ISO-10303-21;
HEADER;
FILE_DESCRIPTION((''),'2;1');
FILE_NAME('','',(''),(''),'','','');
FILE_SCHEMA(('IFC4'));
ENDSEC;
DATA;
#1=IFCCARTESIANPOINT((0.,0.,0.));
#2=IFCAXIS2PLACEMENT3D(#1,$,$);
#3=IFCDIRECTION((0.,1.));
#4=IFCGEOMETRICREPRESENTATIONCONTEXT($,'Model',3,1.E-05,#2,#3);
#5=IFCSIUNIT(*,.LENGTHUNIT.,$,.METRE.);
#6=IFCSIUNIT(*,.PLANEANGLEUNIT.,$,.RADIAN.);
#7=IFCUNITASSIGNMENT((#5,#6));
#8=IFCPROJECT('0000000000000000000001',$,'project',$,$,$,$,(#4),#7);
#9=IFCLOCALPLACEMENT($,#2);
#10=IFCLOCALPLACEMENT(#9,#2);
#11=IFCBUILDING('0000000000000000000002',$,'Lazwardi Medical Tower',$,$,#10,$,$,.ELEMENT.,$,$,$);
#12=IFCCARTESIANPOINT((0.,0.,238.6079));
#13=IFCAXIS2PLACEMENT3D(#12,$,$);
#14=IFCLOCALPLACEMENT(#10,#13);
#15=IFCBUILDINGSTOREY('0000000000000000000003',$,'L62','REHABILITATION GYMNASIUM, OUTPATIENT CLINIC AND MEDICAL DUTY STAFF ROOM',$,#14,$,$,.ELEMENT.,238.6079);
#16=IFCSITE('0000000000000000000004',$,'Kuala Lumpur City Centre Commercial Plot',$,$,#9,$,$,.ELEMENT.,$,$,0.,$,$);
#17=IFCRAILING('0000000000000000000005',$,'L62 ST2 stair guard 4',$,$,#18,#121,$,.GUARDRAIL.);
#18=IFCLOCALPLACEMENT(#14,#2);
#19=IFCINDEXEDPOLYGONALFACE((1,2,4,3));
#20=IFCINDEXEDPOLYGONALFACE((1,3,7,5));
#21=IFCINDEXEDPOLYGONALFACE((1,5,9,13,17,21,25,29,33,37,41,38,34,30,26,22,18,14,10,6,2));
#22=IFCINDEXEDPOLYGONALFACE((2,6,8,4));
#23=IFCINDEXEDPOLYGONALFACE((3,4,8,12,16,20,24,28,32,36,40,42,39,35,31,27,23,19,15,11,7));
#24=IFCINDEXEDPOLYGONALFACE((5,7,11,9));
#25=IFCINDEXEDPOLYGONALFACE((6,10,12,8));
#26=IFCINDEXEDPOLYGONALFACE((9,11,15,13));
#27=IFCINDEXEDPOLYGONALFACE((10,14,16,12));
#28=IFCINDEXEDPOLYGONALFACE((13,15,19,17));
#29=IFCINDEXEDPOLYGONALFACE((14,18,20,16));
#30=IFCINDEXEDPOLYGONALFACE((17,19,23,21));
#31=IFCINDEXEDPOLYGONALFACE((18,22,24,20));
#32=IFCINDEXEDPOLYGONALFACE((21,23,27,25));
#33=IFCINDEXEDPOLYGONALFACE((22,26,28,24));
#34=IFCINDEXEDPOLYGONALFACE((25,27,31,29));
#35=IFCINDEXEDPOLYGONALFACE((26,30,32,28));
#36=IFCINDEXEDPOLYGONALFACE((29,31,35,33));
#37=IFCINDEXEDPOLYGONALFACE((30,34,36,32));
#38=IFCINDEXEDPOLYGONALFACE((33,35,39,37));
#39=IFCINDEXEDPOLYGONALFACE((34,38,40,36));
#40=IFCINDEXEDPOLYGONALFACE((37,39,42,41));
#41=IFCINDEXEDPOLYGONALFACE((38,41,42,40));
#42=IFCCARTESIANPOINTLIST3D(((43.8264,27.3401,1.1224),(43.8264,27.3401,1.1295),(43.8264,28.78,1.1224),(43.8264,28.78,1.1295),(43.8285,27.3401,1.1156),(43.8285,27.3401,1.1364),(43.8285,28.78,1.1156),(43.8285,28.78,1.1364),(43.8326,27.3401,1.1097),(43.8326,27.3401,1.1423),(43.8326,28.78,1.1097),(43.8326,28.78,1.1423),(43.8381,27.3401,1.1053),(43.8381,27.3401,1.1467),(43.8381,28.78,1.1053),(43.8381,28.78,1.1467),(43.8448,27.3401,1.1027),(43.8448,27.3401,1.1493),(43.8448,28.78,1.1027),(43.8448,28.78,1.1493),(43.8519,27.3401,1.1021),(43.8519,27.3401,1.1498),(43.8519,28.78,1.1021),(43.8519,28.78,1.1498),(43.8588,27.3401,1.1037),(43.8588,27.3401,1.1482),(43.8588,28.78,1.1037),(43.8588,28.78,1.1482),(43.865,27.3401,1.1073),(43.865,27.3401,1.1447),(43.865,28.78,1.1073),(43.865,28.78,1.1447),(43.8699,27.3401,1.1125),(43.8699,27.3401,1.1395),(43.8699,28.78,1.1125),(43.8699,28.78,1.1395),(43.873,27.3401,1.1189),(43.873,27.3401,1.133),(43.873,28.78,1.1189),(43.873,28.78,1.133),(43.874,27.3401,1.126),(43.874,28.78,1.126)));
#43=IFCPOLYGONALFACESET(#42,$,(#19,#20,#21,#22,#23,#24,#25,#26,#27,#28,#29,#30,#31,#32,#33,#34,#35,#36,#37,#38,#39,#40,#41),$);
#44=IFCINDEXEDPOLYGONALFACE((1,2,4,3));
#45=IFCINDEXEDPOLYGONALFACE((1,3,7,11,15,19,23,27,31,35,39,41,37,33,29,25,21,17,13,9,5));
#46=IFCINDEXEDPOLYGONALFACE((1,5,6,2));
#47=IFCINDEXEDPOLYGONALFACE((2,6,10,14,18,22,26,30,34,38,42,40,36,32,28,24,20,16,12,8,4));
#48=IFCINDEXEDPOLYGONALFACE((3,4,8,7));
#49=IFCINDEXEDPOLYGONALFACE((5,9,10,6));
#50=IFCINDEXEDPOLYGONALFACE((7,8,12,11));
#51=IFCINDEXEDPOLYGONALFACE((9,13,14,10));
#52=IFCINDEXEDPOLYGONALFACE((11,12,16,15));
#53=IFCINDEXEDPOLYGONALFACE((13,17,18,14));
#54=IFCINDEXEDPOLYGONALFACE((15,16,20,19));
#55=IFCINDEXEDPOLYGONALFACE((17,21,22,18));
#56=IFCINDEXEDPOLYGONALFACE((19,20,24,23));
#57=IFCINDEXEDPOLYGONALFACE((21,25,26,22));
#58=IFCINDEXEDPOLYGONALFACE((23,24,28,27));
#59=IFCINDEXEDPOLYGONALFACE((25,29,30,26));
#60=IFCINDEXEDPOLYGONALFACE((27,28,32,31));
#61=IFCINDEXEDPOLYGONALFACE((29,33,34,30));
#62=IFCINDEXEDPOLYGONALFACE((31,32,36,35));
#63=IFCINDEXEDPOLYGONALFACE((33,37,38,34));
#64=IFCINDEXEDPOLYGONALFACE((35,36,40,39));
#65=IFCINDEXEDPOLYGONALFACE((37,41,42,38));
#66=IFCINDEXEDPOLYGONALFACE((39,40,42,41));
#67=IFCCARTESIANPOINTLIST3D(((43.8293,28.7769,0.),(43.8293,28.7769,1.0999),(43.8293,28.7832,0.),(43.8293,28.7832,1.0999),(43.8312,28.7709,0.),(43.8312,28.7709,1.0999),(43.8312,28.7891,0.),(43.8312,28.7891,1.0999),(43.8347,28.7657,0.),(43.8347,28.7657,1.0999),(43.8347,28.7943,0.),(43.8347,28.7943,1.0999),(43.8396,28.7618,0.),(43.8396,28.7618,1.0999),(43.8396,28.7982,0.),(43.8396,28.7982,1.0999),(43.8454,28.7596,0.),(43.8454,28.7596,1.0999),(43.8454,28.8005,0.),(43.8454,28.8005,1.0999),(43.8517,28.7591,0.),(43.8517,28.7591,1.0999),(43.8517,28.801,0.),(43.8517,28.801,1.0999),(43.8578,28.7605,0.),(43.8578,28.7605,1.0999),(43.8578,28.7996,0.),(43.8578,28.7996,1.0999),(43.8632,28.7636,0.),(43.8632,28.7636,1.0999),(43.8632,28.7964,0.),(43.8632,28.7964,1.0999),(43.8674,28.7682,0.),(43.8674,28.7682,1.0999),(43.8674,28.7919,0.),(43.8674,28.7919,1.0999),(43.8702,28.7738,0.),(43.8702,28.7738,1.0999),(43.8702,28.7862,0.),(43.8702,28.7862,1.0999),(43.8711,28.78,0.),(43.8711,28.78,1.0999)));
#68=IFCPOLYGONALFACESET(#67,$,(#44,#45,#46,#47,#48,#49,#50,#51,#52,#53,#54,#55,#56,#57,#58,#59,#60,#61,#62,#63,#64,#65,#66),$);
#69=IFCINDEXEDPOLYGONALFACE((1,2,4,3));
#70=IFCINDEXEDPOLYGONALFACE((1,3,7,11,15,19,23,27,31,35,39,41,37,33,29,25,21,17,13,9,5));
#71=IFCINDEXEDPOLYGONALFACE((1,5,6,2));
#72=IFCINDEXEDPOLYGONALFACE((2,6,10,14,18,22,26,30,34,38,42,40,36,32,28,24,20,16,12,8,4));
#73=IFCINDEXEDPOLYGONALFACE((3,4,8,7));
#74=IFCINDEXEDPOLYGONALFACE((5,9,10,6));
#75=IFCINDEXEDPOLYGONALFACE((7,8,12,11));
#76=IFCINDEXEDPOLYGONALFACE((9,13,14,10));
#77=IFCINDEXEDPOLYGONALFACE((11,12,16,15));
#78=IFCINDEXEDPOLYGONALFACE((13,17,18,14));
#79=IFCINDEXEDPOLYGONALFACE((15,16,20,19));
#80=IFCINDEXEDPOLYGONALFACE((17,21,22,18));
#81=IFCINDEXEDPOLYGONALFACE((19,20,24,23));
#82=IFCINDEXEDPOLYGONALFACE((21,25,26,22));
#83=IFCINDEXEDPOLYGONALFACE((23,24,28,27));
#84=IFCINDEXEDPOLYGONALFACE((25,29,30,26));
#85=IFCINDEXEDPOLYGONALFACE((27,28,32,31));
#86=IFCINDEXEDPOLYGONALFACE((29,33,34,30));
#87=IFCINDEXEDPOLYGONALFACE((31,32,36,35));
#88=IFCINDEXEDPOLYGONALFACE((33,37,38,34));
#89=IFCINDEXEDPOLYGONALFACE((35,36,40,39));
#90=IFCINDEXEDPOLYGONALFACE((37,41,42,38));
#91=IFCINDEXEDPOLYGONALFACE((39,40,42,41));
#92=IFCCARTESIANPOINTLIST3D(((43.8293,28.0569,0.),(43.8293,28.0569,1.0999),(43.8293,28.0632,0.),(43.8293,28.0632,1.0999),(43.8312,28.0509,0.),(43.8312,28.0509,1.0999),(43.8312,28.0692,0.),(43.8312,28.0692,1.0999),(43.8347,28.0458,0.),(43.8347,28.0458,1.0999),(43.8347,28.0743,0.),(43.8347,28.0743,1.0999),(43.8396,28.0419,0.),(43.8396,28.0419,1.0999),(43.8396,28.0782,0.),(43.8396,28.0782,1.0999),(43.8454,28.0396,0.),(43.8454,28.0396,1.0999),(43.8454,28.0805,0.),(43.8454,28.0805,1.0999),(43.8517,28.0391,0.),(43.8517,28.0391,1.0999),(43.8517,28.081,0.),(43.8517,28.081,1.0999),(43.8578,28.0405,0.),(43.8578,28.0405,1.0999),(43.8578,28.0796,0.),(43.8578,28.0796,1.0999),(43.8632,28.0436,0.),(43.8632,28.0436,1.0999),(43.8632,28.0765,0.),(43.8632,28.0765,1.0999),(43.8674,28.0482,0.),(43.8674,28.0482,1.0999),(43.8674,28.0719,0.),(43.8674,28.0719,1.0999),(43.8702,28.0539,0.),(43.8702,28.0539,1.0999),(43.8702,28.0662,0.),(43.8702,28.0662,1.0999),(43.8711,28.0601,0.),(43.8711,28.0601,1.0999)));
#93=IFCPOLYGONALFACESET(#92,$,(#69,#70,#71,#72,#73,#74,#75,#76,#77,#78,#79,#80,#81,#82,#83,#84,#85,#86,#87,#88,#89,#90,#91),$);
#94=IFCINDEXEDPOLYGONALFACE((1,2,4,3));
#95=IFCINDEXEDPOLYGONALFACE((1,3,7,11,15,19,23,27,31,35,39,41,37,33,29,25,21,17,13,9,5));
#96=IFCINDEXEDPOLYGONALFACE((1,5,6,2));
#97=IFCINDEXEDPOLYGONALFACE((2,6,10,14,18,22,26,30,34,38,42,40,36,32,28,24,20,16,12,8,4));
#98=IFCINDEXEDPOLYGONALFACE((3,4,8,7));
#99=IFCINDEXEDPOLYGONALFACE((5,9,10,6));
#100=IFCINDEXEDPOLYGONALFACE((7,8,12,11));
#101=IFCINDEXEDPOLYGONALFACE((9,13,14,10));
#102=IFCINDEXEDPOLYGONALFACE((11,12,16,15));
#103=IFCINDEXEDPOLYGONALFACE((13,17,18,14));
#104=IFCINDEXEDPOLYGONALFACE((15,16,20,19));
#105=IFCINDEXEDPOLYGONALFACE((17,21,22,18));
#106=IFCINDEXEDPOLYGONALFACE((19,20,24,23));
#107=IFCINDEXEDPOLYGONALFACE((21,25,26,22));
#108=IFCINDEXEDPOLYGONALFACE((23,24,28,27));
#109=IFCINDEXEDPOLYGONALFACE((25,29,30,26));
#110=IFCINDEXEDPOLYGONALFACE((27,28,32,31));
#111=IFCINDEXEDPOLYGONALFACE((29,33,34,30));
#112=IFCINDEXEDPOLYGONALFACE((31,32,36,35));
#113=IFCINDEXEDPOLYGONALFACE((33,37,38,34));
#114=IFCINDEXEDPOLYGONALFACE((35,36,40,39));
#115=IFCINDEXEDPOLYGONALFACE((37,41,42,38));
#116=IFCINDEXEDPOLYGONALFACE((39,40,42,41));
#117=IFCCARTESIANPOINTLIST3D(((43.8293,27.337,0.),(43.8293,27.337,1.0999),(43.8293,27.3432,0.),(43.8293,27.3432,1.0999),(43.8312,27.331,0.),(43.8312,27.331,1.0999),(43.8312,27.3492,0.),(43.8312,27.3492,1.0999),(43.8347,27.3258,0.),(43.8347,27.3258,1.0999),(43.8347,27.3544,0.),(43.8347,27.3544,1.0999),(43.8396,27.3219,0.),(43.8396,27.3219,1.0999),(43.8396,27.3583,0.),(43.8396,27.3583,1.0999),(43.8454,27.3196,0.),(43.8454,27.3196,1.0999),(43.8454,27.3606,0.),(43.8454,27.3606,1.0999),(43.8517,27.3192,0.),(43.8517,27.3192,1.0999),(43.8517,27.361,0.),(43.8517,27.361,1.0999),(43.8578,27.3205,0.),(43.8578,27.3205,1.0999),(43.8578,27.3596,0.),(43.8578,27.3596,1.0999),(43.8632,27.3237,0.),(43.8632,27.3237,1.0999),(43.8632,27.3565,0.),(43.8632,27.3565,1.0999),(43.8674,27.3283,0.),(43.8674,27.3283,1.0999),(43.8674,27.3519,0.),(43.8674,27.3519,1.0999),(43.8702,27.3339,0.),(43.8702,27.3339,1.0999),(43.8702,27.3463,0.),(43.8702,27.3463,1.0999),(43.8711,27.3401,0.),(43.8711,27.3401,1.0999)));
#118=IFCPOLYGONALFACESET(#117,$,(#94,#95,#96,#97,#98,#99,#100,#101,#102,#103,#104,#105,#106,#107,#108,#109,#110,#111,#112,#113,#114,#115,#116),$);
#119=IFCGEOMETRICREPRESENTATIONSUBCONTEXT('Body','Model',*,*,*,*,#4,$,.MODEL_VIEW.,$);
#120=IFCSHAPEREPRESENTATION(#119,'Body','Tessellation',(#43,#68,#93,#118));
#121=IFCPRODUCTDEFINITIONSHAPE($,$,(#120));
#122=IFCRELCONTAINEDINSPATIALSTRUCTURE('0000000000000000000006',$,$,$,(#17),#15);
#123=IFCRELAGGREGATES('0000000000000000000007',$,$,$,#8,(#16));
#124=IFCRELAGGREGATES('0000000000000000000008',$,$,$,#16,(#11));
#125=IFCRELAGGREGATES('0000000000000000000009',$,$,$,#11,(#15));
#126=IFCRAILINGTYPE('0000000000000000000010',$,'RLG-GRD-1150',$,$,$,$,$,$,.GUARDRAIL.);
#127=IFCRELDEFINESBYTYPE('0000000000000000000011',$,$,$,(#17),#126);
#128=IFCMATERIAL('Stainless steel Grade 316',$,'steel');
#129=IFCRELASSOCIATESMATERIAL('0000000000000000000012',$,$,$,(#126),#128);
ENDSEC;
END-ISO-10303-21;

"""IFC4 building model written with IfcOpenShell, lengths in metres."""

from ifc_helpers import new_model, si_unit, direction, frame, origin, origin_2d, place, context, subcontext, project, spatial, circle, extrude, material, type_object, element, save


model = new_model("IFC4")

# Units and contexts
model_context = context("Model", 3, precision=1e-05, world=origin(), true_north=direction((0.0, 1.0)))
body_context = subcontext(model_context, "Body", "Model", "MODEL_VIEW")
ifc_project = project(units=[si_unit("LENGTHUNIT", "METRE"), si_unit("PLANEANGLEUNIT", "RADIAN")], contexts=[model_context])

# Site, building, storey
site_placement = place(None, origin())
site = spatial("IfcSite", under=ifc_project, at=site_placement, Name="Kuala Lumpur City Centre Commercial Plot", CompositionType="ELEMENT", RefElevation=0.0)
building_placement = place(site_placement, origin())
building = spatial("IfcBuilding", under=site, at=building_placement, Name="Lazwardi Medical Tower", CompositionType="ELEMENT")
storey_placement = place(building_placement, frame((0.0, 0.0, 238.6079)))
storey = spatial("IfcBuildingStorey", under=building, at=storey_placement, Name="L62", Description="REHABILITATION GYMNASIUM, OUTPATIENT CLINIC AND MEDICAL DUTY STAFF ROOM", CompositionType="ELEMENT", Elevation=238.6079)

# Railing
ifc_material_1 = material(Name="Stainless steel Grade 316", Category="steel")
railing_type_1 = type_object("IfcRailingType", Name="RLG-GRD-1150", PredefinedType="GUARDRAIL", material=ifc_material_1)
railing_1_placement = place(storey_placement, frame((43.8501, 28.78, 0.0)))
element("IfcRailing", 1, at=railing_1_placement, inside=storey, type_object=railing_type_1, Name="L62 ST2 stair guard 4", PredefinedType="GUARDRAIL", context=body_context, shape_type="SweptSolid", body=[
    extrude(circle(Radius=0.0239, at=origin_2d()), frame((0.0, 0.0, 1.126), z_axis=(0.0, -1.0, 0.0), x_axis=(1.0, 0.0, 0.0)), (0.0, 0.0, 1.0), 1.4399),
    extrude(circle(Radius=0.021, at=origin_2d()), origin(), (0.0, 0.0, 1.0), 1.0999),
    extrude(circle(Radius=0.021, at=origin_2d()), frame((0.0, -0.72, 0.0)), (0.0, 0.0, 1.0), 1.0999),
    extrude(circle(Radius=0.021, at=origin_2d()), frame((0.0, -1.4399, 0.0)), (0.0, 0.0, 1.0), 1.0999),
])

save(model, "model.ifc")
